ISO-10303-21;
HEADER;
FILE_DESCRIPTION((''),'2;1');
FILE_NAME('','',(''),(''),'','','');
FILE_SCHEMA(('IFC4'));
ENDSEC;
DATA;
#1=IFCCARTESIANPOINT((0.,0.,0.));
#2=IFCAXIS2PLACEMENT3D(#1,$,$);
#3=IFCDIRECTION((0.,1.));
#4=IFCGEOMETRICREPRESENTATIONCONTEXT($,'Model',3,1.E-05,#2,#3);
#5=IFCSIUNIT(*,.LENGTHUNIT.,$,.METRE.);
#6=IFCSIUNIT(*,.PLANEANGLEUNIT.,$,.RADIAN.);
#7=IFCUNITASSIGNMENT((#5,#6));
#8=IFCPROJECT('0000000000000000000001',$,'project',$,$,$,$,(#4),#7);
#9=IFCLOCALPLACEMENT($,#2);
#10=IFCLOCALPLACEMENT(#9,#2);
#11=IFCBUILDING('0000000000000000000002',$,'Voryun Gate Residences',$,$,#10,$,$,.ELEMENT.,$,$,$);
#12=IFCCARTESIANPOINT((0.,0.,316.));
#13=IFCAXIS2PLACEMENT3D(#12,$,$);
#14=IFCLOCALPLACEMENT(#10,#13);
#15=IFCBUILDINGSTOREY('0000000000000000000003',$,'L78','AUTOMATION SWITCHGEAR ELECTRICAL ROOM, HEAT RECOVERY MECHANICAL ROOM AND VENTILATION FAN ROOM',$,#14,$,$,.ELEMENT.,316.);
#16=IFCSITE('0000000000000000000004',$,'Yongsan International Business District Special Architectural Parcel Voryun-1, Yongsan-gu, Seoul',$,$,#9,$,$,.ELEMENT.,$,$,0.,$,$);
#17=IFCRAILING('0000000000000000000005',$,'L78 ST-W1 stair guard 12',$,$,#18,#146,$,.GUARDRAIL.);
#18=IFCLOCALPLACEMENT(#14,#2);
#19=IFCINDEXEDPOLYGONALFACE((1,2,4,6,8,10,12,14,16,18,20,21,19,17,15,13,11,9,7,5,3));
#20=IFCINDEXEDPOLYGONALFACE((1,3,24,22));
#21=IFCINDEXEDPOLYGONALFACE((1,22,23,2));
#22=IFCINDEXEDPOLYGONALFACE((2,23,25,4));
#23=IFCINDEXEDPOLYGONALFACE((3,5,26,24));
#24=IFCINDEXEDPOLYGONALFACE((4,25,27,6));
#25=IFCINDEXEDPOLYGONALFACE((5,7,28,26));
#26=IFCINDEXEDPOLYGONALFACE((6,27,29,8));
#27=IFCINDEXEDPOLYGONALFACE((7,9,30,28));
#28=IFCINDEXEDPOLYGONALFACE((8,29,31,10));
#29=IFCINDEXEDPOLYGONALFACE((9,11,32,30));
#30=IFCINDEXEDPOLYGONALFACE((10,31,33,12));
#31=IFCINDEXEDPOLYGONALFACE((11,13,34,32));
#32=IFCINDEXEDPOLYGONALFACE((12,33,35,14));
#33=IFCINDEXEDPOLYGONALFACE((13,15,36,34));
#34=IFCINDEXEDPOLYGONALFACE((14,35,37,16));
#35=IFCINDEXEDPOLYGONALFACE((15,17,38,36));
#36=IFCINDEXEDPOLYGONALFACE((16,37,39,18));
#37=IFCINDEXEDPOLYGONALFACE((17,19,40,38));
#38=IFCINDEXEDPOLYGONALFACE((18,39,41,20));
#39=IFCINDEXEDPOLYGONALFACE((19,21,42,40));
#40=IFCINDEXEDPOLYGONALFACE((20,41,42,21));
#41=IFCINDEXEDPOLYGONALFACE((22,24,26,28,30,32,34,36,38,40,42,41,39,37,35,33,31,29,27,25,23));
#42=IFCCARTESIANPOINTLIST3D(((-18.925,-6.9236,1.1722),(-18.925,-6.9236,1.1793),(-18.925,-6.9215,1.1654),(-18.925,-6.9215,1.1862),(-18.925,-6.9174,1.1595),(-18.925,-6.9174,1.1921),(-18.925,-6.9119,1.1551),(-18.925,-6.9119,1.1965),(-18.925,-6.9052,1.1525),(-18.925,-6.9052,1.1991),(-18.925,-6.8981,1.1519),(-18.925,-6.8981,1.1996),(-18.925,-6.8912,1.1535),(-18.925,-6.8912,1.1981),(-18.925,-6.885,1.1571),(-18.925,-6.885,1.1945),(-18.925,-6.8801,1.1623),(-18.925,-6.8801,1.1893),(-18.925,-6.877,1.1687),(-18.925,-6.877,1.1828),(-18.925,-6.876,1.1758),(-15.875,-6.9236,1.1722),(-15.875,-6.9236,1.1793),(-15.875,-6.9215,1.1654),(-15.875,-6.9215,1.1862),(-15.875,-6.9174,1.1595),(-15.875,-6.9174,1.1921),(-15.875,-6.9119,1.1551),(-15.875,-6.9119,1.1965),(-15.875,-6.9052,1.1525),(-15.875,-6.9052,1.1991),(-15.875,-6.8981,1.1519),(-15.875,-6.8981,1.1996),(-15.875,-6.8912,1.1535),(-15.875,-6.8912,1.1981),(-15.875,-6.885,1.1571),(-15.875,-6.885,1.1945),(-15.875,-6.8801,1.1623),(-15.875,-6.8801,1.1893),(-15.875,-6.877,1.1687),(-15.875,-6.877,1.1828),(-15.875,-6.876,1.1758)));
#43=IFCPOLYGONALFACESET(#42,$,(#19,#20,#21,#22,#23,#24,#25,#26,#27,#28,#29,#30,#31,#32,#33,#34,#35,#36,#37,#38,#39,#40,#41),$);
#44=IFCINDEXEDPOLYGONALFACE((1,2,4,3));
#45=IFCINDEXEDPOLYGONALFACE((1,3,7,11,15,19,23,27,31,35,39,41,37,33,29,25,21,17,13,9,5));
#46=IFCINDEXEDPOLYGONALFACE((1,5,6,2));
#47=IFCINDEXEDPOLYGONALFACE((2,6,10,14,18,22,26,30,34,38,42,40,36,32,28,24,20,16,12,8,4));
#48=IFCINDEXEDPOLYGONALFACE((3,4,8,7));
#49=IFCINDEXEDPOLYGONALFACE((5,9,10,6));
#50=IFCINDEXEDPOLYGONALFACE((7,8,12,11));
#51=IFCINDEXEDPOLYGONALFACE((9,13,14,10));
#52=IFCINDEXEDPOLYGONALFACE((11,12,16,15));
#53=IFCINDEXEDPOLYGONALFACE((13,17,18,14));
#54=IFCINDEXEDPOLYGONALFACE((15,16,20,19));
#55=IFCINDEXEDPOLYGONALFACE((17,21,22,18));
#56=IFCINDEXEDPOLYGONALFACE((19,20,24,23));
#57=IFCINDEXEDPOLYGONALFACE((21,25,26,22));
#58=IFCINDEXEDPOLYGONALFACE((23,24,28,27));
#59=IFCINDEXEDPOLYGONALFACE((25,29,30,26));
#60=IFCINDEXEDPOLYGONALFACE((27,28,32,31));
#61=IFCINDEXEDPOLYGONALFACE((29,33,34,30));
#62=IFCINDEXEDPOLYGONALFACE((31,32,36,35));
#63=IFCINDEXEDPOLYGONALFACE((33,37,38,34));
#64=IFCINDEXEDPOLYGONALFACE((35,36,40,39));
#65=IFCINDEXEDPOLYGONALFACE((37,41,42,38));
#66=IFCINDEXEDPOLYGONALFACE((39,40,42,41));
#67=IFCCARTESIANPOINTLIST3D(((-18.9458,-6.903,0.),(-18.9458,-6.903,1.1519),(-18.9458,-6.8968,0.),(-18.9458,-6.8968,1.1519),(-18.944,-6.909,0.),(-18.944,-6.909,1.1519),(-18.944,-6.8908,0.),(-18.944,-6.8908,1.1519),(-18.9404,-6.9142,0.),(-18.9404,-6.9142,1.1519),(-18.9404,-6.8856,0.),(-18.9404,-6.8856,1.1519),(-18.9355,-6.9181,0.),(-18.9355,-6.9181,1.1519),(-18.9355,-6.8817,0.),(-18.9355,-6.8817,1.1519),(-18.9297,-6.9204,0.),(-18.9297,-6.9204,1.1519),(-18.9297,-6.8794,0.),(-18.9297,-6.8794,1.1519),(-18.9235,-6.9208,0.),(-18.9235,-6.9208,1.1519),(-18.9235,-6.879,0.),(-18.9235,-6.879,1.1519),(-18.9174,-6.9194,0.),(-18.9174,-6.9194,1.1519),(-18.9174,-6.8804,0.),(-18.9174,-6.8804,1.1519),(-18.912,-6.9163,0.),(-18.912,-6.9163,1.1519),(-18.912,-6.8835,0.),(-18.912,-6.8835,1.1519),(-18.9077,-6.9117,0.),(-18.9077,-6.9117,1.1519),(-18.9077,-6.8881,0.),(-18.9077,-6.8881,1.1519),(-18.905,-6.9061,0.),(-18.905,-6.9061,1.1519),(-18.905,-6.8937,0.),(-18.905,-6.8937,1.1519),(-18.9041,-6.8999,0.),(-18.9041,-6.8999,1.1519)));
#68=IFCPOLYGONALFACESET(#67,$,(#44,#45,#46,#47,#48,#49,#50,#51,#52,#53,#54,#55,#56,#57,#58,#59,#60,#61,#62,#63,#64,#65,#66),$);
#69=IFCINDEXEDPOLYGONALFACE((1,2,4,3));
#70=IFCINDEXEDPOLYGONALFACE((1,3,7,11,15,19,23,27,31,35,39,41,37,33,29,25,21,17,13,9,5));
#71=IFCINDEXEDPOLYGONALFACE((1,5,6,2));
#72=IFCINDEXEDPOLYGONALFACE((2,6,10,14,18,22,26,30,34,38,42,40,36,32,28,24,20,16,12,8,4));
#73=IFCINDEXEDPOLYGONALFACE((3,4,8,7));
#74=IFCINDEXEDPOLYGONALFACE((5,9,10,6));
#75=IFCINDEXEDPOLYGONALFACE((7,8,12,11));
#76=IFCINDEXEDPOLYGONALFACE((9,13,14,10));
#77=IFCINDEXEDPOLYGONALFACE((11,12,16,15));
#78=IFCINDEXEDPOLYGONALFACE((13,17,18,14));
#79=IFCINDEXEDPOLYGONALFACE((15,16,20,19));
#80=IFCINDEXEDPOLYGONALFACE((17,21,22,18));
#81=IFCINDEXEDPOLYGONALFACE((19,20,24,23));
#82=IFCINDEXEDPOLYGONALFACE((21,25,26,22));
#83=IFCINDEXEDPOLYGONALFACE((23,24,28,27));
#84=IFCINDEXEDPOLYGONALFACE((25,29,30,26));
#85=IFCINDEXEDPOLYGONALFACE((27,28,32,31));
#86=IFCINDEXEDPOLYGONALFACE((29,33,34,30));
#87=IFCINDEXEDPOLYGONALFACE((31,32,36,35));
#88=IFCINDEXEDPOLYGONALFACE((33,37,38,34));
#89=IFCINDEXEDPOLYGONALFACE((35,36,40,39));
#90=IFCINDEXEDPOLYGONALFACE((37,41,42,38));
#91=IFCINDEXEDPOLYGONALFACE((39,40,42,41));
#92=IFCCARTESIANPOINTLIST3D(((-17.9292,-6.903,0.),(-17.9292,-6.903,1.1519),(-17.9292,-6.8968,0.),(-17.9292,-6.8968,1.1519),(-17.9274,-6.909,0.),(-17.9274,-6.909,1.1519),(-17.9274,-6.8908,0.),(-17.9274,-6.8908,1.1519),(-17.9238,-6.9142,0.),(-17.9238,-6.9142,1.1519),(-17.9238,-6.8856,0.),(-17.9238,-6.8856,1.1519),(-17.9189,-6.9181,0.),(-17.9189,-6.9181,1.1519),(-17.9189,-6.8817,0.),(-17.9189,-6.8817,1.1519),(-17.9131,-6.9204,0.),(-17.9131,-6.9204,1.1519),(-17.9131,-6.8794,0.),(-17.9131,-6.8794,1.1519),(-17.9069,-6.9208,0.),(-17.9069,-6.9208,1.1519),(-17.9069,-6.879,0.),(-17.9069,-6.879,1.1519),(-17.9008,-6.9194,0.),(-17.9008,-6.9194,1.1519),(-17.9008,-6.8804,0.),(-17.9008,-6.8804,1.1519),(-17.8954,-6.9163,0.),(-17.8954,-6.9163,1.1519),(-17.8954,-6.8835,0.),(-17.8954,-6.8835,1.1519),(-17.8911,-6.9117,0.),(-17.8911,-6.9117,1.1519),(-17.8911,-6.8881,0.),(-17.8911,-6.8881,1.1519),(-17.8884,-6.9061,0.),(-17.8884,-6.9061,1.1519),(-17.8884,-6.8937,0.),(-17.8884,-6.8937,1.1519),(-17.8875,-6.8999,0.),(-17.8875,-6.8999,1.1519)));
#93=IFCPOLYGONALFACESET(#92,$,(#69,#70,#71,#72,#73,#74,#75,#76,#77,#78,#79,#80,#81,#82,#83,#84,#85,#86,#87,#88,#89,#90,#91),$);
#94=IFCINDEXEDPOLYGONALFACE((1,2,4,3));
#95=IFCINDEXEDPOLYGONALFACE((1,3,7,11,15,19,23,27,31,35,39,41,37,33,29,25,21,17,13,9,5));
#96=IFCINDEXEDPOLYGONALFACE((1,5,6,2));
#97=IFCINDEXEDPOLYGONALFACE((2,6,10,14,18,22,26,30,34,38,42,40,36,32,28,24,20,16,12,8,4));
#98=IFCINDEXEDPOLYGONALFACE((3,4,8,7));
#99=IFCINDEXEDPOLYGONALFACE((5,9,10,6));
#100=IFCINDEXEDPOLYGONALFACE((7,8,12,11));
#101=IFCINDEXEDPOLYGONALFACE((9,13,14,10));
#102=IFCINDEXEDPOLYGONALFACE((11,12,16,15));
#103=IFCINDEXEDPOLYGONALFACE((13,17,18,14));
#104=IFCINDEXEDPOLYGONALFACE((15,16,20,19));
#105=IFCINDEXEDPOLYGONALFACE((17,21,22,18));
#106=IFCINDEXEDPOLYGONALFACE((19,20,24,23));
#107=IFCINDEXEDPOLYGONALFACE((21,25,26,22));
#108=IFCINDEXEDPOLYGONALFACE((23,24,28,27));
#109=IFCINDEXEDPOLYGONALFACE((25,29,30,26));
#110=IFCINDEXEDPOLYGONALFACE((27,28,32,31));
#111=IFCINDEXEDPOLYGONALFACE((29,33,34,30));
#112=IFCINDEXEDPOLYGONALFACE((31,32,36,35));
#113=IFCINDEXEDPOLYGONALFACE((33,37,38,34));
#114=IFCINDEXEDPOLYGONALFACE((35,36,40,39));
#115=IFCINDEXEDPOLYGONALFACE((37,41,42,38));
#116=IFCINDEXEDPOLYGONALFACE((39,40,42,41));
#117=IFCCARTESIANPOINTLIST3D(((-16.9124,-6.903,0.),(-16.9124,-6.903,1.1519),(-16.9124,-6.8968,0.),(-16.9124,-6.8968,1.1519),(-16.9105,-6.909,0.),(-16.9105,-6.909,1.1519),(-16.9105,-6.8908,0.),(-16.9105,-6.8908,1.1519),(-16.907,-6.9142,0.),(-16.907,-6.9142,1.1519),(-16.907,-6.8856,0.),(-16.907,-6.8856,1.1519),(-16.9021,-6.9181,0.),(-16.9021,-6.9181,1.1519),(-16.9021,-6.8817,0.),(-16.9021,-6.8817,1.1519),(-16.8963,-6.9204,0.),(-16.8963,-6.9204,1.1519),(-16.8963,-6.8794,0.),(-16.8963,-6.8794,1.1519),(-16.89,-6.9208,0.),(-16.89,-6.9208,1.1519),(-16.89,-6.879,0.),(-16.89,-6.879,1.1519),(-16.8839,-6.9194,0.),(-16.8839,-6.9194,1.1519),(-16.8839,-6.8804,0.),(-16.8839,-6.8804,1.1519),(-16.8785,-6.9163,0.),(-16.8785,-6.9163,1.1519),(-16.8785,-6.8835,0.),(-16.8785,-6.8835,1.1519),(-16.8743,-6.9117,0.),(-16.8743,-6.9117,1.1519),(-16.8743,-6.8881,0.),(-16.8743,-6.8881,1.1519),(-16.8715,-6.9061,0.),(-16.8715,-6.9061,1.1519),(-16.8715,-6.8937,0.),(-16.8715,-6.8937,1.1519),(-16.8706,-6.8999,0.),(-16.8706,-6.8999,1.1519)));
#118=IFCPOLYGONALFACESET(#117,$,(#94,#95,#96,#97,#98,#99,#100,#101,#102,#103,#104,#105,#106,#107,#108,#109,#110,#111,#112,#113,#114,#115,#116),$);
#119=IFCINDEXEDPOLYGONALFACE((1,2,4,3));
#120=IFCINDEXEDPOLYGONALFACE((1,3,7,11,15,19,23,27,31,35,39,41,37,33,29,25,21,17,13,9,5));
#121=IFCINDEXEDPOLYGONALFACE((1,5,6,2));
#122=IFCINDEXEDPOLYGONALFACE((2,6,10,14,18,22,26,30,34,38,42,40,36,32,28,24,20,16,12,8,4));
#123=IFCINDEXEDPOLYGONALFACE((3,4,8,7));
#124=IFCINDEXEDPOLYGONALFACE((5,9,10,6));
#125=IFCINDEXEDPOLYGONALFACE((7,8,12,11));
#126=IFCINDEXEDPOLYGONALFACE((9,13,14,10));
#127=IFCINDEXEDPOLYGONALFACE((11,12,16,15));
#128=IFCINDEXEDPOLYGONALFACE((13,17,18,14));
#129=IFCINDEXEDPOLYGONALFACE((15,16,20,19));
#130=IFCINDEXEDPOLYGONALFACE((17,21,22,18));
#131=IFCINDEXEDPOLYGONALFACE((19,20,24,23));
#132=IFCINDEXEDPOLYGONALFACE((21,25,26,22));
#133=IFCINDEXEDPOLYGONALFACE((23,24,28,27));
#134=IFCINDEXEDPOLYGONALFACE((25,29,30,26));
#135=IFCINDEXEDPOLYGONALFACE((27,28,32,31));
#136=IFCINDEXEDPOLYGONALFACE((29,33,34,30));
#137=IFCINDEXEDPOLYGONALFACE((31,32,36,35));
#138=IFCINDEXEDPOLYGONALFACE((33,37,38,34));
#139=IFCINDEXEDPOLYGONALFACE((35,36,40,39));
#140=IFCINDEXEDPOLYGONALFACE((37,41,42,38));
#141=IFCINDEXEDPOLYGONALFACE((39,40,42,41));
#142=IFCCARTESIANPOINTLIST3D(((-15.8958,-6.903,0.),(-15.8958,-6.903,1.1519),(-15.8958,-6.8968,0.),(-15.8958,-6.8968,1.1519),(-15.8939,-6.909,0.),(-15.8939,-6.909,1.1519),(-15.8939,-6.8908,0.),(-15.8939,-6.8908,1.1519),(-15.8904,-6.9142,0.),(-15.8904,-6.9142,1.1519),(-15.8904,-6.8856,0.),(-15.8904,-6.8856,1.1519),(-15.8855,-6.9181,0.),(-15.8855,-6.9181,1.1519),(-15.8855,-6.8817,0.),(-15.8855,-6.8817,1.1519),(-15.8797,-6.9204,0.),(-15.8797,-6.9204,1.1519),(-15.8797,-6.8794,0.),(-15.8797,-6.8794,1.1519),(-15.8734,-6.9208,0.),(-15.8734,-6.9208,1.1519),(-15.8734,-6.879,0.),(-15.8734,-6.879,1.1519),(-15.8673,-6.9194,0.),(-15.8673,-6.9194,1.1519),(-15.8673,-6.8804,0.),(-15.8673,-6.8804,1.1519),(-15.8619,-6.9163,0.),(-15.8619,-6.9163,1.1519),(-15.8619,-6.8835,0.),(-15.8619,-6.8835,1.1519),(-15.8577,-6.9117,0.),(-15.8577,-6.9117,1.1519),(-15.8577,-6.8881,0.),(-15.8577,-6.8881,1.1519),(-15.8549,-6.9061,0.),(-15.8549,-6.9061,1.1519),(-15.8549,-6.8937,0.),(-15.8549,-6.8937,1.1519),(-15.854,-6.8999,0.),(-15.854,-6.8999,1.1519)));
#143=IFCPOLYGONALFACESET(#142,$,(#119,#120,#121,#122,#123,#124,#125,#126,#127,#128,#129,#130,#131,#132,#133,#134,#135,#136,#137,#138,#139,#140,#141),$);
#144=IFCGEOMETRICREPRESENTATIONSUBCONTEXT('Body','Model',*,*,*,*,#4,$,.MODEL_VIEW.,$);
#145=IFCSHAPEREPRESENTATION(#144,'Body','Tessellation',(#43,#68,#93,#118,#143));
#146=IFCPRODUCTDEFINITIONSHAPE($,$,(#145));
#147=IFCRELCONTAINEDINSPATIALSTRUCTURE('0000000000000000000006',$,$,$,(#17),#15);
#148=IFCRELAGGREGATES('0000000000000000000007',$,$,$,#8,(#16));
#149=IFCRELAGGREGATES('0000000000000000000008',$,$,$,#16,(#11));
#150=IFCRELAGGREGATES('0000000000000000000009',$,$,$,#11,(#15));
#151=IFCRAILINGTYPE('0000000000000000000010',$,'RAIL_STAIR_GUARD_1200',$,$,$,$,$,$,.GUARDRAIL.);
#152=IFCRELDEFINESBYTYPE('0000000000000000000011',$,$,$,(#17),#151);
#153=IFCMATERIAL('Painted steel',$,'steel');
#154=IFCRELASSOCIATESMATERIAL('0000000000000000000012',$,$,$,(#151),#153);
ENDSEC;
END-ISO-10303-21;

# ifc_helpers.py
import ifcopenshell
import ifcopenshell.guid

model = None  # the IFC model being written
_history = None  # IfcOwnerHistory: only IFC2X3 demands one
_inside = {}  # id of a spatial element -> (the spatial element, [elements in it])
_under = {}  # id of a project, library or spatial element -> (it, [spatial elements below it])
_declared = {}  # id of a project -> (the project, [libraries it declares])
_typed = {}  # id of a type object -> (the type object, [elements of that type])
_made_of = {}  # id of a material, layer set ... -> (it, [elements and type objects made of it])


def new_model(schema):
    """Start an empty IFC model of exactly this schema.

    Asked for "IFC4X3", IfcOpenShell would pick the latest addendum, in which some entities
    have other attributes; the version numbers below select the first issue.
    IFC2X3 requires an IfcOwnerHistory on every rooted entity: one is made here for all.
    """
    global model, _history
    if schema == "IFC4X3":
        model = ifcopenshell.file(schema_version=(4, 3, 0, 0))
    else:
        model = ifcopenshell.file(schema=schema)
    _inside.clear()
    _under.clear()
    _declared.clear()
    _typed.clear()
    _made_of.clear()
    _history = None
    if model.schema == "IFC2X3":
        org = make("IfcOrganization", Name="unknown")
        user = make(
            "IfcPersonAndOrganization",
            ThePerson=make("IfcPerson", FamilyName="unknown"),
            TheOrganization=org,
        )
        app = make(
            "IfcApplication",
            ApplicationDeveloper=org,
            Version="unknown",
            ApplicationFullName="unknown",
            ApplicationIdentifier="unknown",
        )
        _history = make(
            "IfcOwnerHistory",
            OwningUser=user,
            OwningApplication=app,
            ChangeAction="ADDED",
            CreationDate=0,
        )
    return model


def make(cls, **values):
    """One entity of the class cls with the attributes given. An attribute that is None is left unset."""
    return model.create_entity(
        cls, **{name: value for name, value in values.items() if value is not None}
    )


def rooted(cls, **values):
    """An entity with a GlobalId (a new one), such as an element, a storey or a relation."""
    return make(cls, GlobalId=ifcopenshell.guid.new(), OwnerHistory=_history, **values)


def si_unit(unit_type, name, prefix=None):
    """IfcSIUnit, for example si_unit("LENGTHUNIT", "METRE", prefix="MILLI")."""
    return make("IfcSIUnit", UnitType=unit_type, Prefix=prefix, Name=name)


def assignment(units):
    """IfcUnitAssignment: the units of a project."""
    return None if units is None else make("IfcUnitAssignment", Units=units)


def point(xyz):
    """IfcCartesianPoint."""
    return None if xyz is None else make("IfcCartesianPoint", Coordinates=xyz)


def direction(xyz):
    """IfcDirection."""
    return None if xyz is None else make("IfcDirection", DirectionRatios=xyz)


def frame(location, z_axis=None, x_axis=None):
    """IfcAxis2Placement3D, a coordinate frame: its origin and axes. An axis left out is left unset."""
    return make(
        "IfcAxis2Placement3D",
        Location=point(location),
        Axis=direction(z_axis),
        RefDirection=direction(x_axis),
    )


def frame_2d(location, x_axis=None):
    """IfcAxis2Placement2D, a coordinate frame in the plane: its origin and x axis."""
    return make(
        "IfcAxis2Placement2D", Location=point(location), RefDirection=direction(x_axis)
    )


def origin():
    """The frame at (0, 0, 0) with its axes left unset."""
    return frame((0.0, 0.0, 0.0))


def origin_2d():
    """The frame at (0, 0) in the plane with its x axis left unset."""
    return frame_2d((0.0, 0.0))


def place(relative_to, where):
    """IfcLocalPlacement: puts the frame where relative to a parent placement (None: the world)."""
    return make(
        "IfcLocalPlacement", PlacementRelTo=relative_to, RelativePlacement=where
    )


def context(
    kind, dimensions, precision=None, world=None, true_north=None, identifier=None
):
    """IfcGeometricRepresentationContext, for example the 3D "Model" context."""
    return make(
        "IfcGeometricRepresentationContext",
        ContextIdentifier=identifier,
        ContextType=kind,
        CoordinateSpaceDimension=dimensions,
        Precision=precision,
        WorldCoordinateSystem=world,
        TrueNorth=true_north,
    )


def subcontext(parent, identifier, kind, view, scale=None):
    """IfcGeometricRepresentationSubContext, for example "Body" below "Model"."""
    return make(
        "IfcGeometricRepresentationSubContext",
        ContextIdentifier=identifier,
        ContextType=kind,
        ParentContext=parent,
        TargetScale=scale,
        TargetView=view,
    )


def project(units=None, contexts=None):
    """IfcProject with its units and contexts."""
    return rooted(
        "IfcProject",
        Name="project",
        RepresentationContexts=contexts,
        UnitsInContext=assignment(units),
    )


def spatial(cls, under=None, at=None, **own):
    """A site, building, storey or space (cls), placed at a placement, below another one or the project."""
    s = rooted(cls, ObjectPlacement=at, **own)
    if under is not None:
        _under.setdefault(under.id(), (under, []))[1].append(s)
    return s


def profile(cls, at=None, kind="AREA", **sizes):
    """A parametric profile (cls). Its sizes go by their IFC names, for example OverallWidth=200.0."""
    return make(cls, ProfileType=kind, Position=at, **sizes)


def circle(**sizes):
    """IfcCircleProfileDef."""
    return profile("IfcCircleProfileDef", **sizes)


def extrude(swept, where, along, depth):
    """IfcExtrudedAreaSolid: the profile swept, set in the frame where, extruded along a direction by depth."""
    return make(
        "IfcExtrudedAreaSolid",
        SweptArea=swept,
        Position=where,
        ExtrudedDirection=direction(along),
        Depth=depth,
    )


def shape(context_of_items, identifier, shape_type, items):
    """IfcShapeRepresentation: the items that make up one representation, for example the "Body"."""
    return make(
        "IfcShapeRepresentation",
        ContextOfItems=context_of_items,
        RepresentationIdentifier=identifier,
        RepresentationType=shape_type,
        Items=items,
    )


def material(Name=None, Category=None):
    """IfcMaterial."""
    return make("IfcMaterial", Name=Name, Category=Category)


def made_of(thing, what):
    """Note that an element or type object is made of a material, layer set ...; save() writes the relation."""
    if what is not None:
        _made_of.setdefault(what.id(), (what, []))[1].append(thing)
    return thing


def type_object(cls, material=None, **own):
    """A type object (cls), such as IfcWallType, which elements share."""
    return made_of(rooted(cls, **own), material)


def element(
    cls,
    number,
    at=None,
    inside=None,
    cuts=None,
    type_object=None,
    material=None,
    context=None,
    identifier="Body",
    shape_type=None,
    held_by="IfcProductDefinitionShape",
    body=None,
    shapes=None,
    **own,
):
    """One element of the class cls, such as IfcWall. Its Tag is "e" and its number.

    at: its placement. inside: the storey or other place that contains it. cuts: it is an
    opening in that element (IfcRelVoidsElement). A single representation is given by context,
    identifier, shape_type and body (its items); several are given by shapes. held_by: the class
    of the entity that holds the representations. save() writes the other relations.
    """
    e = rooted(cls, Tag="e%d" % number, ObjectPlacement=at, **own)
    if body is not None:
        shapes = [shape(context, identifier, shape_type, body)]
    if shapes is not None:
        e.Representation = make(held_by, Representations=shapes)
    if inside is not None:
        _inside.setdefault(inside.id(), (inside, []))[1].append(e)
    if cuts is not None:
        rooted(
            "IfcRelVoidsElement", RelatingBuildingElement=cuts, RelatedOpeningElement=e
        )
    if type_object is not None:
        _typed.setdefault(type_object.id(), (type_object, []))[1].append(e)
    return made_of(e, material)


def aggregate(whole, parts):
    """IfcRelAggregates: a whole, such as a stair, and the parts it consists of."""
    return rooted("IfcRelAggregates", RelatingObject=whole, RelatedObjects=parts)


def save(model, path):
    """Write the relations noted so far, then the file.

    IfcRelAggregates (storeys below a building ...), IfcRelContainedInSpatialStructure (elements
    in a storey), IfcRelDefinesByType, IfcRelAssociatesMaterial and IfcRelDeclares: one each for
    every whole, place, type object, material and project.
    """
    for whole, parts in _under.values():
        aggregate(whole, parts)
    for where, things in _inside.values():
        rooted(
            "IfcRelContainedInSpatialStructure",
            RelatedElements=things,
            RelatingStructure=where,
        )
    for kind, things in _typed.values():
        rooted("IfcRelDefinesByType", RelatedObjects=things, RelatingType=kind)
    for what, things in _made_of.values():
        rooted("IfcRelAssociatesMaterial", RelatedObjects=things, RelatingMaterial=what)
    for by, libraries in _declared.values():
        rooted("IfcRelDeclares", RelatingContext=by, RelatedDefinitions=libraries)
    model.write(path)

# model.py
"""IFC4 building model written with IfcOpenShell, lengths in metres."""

from ifc_helpers import new_model, si_unit, direction, frame, origin, origin_2d, place, context, subcontext, project, spatial, circle, extrude, material, type_object, element, save


model = new_model("IFC4")

# Units and contexts
model_context = context("Model", 3, precision=1e-05, world=origin(), true_north=direction((0.0, 1.0)))
body_context = subcontext(model_context, "Body", "Model", "MODEL_VIEW")
ifc_project = project(units=[si_unit("LENGTHUNIT", "METRE"), si_unit("PLANEANGLEUNIT", "RADIAN")], contexts=[model_context])

# Site, building, storey
site_placement = place(None, origin())
site = spatial("IfcSite", under=ifc_project, at=site_placement, Name="Yongsan International Business District Special Architectural Parcel Voryun-1, Yongsan-gu, Seoul", CompositionType="ELEMENT", RefElevation=0.0)
building_placement = place(site_placement, origin())
building = spatial("IfcBuilding", under=site, at=building_placement, Name="Voryun Gate Residences", CompositionType="ELEMENT")
storey_placement = place(building_placement, frame((0.0, 0.0, 316.0)))
storey = spatial("IfcBuildingStorey", under=building, at=storey_placement, Name="L78", Description="AUTOMATION SWITCHGEAR ELECTRICAL ROOM, HEAT RECOVERY MECHANICAL ROOM AND VENTILATION FAN ROOM", CompositionType="ELEMENT", Elevation=316.0)

# Railing
ifc_material_1 = material(Name="Painted steel", Category="steel")
railing_type = type_object("IfcRailingType", Name="RAIL_STAIR_GUARD_1200", PredefinedType="GUARDRAIL", material=ifc_material_1)
railing_1_placement = place(storey_placement, frame((-18.925, -6.8999, 0.0)))
element("IfcRailing", 1, at=railing_1_placement, inside=storey, type_object=railing_type, Name="L78 ST-W1 stair guard 12", PredefinedType="GUARDRAIL", context=body_context, shape_type="SweptSolid", body=[
    extrude(circle(Radius=0.0239, at=origin_2d()), frame((0.0, 0.0, 1.1758), z_axis=(1.0, 0.0, 0.0), x_axis=(0.0, 1.0, 0.0)), (0.0, 0.0, 1.0), 3.05),
    extrude(circle(Radius=0.021, at=origin_2d()), origin(), (0.0, 0.0, 1.0), 1.1519),
    extrude(circle(Radius=0.021, at=origin_2d()), frame((1.0166, 0.0, 0.0)), (0.0, 0.0, 1.0), 1.1519),
    extrude(circle(Radius=0.021, at=origin_2d()), frame((2.0334, 0.0, 0.0)), (0.0, 0.0, 1.0), 1.1519),
    extrude(circle(Radius=0.021, at=origin_2d()), frame((3.05, 0.0, 0.0)), (0.0, 0.0, 1.0), 1.1519),
])

save(model, "model.ifc")
